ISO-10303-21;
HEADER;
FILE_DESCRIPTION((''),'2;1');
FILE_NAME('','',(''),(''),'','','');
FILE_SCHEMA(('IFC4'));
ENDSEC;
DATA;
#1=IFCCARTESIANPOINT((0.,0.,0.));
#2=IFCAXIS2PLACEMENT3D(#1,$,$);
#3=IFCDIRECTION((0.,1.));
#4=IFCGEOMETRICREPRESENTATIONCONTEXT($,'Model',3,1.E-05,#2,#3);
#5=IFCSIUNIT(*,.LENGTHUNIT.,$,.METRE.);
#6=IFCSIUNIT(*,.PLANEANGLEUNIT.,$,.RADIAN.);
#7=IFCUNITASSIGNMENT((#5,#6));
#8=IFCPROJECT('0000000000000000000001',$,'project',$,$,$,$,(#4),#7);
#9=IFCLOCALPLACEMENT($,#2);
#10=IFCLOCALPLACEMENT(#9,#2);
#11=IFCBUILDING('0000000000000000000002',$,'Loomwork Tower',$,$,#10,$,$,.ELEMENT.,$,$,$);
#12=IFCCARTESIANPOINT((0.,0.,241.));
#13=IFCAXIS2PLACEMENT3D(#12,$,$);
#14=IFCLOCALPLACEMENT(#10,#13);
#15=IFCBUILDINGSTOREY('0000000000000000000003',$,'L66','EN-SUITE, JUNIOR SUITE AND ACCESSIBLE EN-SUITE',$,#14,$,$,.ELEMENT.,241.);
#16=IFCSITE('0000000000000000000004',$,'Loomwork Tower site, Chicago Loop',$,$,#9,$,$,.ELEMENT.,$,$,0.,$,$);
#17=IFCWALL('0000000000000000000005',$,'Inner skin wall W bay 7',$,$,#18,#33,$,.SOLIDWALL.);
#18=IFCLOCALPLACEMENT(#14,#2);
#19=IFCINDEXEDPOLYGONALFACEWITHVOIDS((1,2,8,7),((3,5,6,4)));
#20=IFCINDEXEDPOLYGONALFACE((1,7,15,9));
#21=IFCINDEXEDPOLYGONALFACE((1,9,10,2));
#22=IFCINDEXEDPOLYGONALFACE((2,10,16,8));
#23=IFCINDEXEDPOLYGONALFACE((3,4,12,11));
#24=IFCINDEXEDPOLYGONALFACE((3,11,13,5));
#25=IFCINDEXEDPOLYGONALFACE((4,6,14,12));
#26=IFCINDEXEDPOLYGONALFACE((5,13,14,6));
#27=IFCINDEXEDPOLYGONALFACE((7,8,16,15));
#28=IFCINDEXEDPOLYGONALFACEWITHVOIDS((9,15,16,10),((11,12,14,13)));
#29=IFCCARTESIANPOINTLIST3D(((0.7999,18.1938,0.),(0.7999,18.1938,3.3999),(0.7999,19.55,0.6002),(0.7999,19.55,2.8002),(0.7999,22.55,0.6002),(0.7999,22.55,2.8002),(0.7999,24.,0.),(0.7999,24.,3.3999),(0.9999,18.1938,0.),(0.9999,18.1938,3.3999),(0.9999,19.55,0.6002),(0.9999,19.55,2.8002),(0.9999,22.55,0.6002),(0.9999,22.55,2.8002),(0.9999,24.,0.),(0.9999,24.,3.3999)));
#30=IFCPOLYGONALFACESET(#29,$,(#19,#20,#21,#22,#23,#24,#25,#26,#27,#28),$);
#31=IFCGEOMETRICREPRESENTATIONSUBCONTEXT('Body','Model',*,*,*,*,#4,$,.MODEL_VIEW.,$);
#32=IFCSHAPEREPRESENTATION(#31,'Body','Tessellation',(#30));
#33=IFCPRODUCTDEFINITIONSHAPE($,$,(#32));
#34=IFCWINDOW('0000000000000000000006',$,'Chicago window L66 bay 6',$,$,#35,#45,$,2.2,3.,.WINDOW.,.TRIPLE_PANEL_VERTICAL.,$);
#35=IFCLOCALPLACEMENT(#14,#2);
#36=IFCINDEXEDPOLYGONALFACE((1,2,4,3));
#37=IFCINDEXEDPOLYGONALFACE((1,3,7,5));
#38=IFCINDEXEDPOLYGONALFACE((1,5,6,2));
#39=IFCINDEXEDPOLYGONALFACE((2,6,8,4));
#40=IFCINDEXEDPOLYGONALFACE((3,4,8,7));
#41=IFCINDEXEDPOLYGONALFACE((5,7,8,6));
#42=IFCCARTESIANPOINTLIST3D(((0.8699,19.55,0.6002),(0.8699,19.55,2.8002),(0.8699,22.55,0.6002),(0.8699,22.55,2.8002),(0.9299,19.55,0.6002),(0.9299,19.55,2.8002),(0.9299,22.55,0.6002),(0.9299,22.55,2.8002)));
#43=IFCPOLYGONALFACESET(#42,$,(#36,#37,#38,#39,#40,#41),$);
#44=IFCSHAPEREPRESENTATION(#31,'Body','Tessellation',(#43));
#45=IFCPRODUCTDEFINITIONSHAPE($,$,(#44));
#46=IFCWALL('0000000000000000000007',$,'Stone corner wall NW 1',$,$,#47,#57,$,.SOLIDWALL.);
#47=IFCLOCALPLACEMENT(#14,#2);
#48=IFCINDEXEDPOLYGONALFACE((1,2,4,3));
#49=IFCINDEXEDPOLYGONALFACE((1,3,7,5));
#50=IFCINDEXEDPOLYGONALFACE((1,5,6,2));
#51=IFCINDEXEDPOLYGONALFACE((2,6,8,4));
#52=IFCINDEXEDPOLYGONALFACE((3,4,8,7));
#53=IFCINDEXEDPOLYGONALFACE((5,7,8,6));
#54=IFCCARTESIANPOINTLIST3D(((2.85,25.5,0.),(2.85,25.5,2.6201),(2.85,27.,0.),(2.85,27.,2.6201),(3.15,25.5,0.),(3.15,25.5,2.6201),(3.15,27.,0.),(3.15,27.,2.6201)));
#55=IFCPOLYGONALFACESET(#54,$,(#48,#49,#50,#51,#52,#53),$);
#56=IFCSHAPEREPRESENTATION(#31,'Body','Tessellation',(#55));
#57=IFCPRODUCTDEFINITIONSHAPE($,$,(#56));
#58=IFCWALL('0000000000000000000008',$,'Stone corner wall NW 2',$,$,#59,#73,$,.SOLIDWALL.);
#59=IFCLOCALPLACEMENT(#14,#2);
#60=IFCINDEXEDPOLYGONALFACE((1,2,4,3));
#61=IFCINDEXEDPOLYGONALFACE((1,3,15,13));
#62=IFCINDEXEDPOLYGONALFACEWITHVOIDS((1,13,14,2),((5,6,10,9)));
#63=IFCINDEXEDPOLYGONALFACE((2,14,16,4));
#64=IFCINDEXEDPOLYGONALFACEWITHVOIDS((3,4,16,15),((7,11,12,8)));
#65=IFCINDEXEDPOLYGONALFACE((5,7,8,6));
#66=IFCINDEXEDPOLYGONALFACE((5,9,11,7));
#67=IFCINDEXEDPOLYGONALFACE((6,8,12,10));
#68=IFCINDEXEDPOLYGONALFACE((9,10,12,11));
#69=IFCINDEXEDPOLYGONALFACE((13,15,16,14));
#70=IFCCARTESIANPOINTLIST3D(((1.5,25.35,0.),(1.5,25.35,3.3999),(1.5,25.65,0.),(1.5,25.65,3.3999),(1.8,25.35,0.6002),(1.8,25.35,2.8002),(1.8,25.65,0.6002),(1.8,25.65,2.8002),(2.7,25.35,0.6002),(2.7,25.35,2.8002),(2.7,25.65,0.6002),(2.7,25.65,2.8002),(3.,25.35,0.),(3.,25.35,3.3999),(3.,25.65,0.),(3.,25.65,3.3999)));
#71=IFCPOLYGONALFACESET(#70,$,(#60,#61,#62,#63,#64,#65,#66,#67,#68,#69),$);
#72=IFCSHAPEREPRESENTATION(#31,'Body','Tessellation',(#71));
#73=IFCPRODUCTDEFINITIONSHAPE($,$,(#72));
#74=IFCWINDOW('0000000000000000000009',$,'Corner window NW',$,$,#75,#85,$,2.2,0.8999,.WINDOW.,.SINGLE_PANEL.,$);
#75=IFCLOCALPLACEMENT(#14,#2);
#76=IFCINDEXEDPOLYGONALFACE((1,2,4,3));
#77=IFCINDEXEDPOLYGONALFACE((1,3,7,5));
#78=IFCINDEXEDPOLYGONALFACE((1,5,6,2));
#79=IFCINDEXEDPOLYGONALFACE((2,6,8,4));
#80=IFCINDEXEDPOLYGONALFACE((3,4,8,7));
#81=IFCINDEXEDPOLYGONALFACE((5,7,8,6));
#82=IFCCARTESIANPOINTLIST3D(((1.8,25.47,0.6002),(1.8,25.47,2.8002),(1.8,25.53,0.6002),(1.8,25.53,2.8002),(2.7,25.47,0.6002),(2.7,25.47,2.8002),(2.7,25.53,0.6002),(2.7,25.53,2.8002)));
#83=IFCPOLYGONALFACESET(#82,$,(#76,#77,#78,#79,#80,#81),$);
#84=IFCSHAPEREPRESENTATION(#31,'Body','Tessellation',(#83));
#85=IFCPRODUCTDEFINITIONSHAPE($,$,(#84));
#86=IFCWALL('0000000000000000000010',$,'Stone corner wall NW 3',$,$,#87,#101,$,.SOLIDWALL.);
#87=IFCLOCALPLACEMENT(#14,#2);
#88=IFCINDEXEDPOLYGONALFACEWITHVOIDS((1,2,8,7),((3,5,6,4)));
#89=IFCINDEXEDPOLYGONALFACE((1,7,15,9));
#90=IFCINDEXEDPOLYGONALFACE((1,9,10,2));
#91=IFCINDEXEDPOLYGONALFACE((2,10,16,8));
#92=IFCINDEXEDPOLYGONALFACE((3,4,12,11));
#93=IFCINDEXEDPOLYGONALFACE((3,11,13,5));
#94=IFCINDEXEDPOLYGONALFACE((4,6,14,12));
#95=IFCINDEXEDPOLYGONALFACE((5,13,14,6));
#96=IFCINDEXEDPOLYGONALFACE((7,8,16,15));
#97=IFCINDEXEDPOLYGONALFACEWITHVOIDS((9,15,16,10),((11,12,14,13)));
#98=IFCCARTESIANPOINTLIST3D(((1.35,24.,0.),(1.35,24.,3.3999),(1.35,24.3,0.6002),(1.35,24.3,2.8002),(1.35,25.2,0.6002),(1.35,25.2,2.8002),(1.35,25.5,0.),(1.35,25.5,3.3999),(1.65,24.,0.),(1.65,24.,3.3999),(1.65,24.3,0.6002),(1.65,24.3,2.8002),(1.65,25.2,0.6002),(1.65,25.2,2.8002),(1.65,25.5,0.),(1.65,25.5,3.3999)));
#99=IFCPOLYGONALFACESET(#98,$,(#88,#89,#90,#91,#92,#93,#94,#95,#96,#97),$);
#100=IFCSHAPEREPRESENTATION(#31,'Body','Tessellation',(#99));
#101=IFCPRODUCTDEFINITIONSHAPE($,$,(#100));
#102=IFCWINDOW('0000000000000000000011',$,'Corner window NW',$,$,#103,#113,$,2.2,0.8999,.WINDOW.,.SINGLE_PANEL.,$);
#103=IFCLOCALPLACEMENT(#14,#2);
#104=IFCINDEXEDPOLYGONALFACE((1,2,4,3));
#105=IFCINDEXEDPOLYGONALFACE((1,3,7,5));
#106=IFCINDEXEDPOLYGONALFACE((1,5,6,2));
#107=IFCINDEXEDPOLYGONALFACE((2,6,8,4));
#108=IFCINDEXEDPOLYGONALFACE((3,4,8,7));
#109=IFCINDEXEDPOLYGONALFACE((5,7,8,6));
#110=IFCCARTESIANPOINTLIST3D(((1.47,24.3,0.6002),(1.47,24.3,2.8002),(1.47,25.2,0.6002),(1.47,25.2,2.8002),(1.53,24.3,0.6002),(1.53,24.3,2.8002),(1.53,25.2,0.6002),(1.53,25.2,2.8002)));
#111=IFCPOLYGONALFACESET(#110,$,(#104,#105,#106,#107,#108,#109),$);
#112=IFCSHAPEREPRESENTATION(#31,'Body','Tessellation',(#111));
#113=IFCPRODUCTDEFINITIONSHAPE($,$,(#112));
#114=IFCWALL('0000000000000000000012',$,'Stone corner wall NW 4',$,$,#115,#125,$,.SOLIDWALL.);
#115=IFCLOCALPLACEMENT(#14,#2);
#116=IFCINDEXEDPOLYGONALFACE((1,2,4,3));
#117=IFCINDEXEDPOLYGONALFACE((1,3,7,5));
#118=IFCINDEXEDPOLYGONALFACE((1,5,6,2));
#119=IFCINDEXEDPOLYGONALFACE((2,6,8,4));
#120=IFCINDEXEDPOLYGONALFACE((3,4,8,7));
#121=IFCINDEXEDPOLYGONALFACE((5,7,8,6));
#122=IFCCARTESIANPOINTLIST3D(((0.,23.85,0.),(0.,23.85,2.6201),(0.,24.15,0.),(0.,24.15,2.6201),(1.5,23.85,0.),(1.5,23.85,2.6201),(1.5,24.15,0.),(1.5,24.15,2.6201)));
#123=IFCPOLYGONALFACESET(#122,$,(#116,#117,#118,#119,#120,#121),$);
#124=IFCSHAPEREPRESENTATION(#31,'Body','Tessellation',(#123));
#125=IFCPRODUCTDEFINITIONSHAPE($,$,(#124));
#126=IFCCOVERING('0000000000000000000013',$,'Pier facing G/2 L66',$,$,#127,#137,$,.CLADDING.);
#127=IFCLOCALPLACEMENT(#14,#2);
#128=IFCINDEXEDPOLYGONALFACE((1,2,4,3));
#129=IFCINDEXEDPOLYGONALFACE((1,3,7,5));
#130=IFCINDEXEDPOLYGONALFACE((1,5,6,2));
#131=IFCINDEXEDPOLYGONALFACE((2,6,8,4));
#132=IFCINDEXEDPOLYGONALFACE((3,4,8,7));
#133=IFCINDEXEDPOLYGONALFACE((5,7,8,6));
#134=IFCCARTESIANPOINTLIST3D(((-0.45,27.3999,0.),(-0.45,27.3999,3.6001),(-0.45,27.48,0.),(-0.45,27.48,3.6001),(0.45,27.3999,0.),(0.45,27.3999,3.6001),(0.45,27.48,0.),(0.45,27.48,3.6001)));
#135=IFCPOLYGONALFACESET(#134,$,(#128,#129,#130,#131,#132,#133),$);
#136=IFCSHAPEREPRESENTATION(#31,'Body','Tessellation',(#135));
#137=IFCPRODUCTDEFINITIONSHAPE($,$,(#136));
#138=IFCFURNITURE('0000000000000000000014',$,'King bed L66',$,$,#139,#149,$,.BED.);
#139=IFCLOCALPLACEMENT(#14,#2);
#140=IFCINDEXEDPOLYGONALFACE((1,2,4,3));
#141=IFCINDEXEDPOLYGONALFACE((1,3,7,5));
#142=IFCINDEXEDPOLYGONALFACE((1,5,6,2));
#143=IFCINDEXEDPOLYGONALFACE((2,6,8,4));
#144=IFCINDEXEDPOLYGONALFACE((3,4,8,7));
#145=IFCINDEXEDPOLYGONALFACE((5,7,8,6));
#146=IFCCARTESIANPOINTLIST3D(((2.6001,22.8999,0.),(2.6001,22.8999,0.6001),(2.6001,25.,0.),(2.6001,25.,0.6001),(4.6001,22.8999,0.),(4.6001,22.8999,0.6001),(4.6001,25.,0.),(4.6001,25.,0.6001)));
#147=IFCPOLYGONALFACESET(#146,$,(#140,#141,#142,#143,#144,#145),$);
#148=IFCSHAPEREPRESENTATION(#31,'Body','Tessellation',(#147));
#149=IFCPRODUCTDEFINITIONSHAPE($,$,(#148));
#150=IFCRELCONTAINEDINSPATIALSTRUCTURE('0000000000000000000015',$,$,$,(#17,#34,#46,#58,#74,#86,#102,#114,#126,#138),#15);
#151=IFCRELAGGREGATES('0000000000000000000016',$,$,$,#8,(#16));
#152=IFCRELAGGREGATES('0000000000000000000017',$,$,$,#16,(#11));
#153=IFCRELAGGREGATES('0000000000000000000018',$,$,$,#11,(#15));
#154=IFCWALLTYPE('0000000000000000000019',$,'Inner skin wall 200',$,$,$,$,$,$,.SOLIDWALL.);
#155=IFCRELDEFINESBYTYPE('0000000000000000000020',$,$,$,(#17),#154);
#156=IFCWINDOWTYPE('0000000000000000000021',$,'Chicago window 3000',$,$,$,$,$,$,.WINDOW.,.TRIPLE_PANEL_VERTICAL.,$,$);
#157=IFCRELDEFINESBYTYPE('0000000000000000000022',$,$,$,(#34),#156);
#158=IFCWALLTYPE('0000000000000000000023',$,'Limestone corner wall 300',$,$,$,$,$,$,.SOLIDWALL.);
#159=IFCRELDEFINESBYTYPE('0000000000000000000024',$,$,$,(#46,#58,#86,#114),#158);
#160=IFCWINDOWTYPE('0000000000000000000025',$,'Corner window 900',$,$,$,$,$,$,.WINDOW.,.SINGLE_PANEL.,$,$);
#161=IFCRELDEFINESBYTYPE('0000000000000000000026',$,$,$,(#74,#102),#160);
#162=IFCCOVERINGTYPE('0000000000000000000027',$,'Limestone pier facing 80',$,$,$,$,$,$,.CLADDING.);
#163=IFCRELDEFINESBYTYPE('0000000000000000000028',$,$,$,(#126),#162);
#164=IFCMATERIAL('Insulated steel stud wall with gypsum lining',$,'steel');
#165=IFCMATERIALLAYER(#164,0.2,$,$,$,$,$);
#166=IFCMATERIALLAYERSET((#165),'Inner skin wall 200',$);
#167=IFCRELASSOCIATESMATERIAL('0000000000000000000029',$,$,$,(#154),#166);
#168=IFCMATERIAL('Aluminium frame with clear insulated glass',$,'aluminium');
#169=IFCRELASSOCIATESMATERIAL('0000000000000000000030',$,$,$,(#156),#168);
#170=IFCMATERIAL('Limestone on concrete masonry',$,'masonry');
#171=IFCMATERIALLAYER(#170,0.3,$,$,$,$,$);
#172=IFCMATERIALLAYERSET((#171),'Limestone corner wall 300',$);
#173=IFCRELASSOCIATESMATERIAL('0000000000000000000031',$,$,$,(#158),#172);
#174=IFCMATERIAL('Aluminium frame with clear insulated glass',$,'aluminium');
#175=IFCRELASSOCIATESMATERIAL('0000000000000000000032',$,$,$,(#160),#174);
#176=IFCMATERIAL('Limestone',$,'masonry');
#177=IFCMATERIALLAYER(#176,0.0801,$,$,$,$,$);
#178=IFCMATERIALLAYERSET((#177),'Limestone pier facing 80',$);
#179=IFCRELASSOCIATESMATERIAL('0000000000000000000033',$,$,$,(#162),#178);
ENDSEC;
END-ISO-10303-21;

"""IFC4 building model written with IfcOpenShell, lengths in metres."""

from ifc_helpers import new_model, si_unit, direction, frame, frame_2d, origin, origin_2d, place, context, subcontext, project, spatial, rectangle, extrude, material, layer, layer_set, type_object, element, fill, save


model = new_model("IFC4")

# Units and contexts
model_context = context("Model", 3, precision=1e-05, world=origin(), true_north=direction((0.0, 1.0)))
body_context = subcontext(model_context, "Body", "Model", "MODEL_VIEW")
ifc_project = project(units=[si_unit("LENGTHUNIT", "METRE"), si_unit("PLANEANGLEUNIT", "RADIAN")], contexts=[model_context])

# Site, building, storey
site_placement = place(None, origin())
site = spatial("IfcSite", under=ifc_project, at=site_placement, Name="Loomwork Tower site, Chicago Loop", CompositionType="ELEMENT", RefElevation=0.0)
building_placement = place(site_placement, origin())
building = spatial("IfcBuilding", under=site, at=building_placement, Name="Loomwork Tower", CompositionType="ELEMENT")
storey_placement = place(building_placement, frame((0.0, 0.0, 241.0)))
storey = spatial("IfcBuildingStorey", under=building, at=storey_placement, Name="L66", Description="EN-SUITE, JUNIOR SUITE AND ACCESSIBLE EN-SUITE", CompositionType="ELEMENT", Elevation=241.0)

# Wall, opening, window
ifc_material_1 = material(Name="Insulated steel stud wall with gypsum lining", Category="steel")
ifc_layer_1 = layer(ifc_material_1, 0.2)
ifc_layer_set_1 = layer_set([ifc_layer_1], Name="Inner skin wall 200")
wall_type_1 = type_object("IfcWallType", Name="Inner skin wall 200", PredefinedType="SOLIDWALL", material=ifc_layer_set_1)
wall_1_placement = place(storey_placement, frame((0.8999, 18.1938, 0.0), z_axis=(0.0, 0.0, 1.0), x_axis=(0.0, 1.0, 0.0)))
wall_1 = element("IfcWall", 1, at=wall_1_placement, inside=storey, type_object=wall_type_1, Name="Inner skin wall W bay 7", PredefinedType="SOLIDWALL", context=body_context, shape_type="SweptSolid", body=[
    extrude(rectangle(XDim=5.8062, YDim=0.2, at=frame_2d((2.9031, 0.0))), origin(), (0.0, 0.0, 1.0), 3.3999),
])
opening_1_placement = place(wall_1_placement, frame((1.3562, 0.0, 0.6001)))
opening_1 = element("IfcOpeningElement", 2, at=opening_1_placement, cuts=wall_1, PredefinedType="OPENING", context=body_context, shape_type="SweptSolid", body=[
    extrude(rectangle(XDim=3.0, YDim=2.2, at=frame_2d((1.5, 1.1001))), frame((0.0, 0.1099, 0.0), z_axis=(0.0, -1.0, 0.0), x_axis=(1.0, 0.0, 0.0)), (0.0, 0.0, 1.0), 0.22),
])
ifc_material_2 = material(Name="Aluminium frame with clear insulated glass", Category="aluminium")
window_type_1 = type_object("IfcWindowType", Name="Chicago window 3000", PartitioningType="TRIPLE_PANEL_VERTICAL", PredefinedType="WINDOW", material=ifc_material_2)
window_1_placement = place(opening_1_placement, origin())
window_1 = element("IfcWindow", 3, at=window_1_placement, inside=storey, type_object=window_type_1, Name="Chicago window L66 bay 6", OverallHeight=2.2, OverallWidth=3.0, PartitioningType="TRIPLE_PANEL_VERTICAL", PredefinedType="WINDOW", context=body_context, shape_type="SweptSolid", body=[
    extrude(rectangle(XDim=3.0, YDim=2.2, at=frame_2d((1.5, 1.1001))), frame((0.0, 0.03, 0.0), z_axis=(0.0, -1.0, 0.0), x_axis=(1.0, 0.0, 0.0)), (0.0, 0.0, 1.0), 0.0601),
])
fill(opening_1, window_1)

# Wall
ifc_material_3 = material(Name="Limestone on concrete masonry", Category="masonry")
ifc_layer_2 = layer(ifc_material_3, 0.3)
ifc_layer_set_2 = layer_set([ifc_layer_2], Name="Limestone corner wall 300")
wall_type_2 = type_object("IfcWallType", Name="Limestone corner wall 300", PredefinedType="SOLIDWALL", material=ifc_layer_set_2)
wall_2_placement = place(storey_placement, frame((3.0, 27.0, 0.0), z_axis=(0.0, 0.0, 1.0), x_axis=(0.0, -1.0, 0.0)))
element("IfcWall", 4, at=wall_2_placement, inside=storey, type_object=wall_type_2, Name="Stone corner wall NW 1", PredefinedType="SOLIDWALL", context=body_context, shape_type="SweptSolid", body=[
    extrude(rectangle(XDim=1.5, YDim=0.3, at=frame_2d((0.75, 0.0))), origin(), (0.0, 0.0, 1.0), 2.6201),
])

# Walls, openings, windows
wall_3_placement = place(storey_placement, frame((3.0, 25.5, 0.0), z_axis=(0.0, 0.0, 1.0), x_axis=(-1.0, 0.0, 0.0)))
wall_3 = element("IfcWall", 5, at=wall_3_placement, inside=storey, type_object=wall_type_2, Name="Stone corner wall NW 2", PredefinedType="SOLIDWALL", context=body_context, shape_type="SweptSolid", body=[
    extrude(rectangle(XDim=1.5, YDim=0.3, at=frame_2d((0.75, 0.0))), origin(), (0.0, 0.0, 1.0), 3.3999),
])
opening_2_placement = place(wall_3_placement, frame((0.3, 0.0, 0.6001)))
opening_2 = element("IfcOpeningElement", 6, at=opening_2_placement, cuts=wall_3, PredefinedType="OPENING", context=body_context, shape_type="SweptSolid", body=[
    extrude(rectangle(XDim=0.8999, YDim=2.2, at=frame_2d((0.45, 1.1001))), frame((0.0, 0.1599, 0.0), z_axis=(0.0, -1.0, 0.0), x_axis=(1.0, 0.0, 0.0)), (0.0, 0.0, 1.0), 0.3201),
])
ifc_material_4 = material(Name="Aluminium frame with clear insulated glass", Category="aluminium")
window_type_2 = type_object("IfcWindowType", Name="Corner window 900", PartitioningType="SINGLE_PANEL", PredefinedType="WINDOW", material=ifc_material_4)
window_2_placement = place(opening_2_placement, origin())
window_2 = element("IfcWindow", 7, at=window_2_placement, inside=storey, type_object=window_type_2, Name="Corner window NW", OverallHeight=2.2, OverallWidth=0.8999, PartitioningType="SINGLE_PANEL", PredefinedType="WINDOW", context=body_context, shape_type="SweptSolid", body=[
    extrude(rectangle(XDim=0.8999, YDim=2.2, at=frame_2d((0.45, 1.1001))), frame((0.0, 0.03, 0.0), z_axis=(0.0, -1.0, 0.0), x_axis=(1.0, 0.0, 0.0)), (0.0, 0.0, 1.0), 0.0601),
])
fill(opening_2, window_2)
wall_4_placement = place(storey_placement, frame((1.5, 25.5, 0.0), z_axis=(0.0, 0.0, 1.0), x_axis=(0.0, -1.0, 0.0)))
wall_4 = element("IfcWall", 8, at=wall_4_placement, inside=storey, type_object=wall_type_2, Name="Stone corner wall NW 3", PredefinedType="SOLIDWALL", context=body_context, shape_type="SweptSolid", body=[
    extrude(rectangle(XDim=1.5, YDim=0.3, at=frame_2d((0.75, 0.0))), origin(), (0.0, 0.0, 1.0), 3.3999),
])
opening_3_placement = place(wall_4_placement, frame((0.3, 0.0, 0.6001)))
opening_3 = element("IfcOpeningElement", 9, at=opening_3_placement, cuts=wall_4, PredefinedType="OPENING", context=body_context, shape_type="SweptSolid", body=[
    extrude(rectangle(XDim=0.8999, YDim=2.2, at=frame_2d((0.45, 1.1001))), frame((0.0, 0.1599, 0.0), z_axis=(0.0, -1.0, 0.0), x_axis=(1.0, 0.0, 0.0)), (0.0, 0.0, 1.0), 0.3201),
])
window_3_placement = place(opening_3_placement, origin())
window_3 = element("IfcWindow", 10, at=window_3_placement, inside=storey, type_object=window_type_2, Name="Corner window NW", OverallHeight=2.2, OverallWidth=0.8999, PartitioningType="SINGLE_PANEL", PredefinedType="WINDOW", context=body_context, shape_type="SweptSolid", body=[
    extrude(rectangle(XDim=0.8999, YDim=2.2, at=frame_2d((0.45, 1.1001))), frame((0.0, 0.03, 0.0), z_axis=(0.0, -1.0, 0.0), x_axis=(1.0, 0.0, 0.0)), (0.0, 0.0, 1.0), 0.0601),
])
fill(opening_3, window_3)

# Wall
wall_5_placement = place(storey_placement, frame((1.5, 24.0, 0.0), z_axis=(0.0, 0.0, 1.0), x_axis=(-1.0, 0.0, 0.0)))
element("IfcWall", 11, at=wall_5_placement, inside=storey, type_object=wall_type_2, Name="Stone corner wall NW 4", PredefinedType="SOLIDWALL", context=body_context, shape_type="SweptSolid", body=[
    extrude(rectangle(XDim=1.5, YDim=0.3, at=frame_2d((0.75, 0.0))), origin(), (0.0, 0.0, 1.0), 2.6201),
])

# Covering
ifc_material_5 = material(Name="Limestone", Category="masonry")
ifc_layer_3 = layer(ifc_material_5, 0.0801)
ifc_layer_set_3 = layer_set([ifc_layer_3], Name="Limestone pier facing 80")
covering_type = type_object("IfcCoveringType", Name="Limestone pier facing 80", PredefinedType="CLADDING", material=ifc_layer_set_3)
covering_placement = place(storey_placement, frame((0.0, 27.4399, 0.0), z_axis=(0.0, 0.0, 1.0), x_axis=(1.0, 0.0, 0.0)))
element("IfcCovering", 12, at=covering_placement, inside=storey, type_object=covering_type, Name="Pier facing G/2 L66", PredefinedType="CLADDING", context=body_context, shape_type="SweptSolid", body=[
    extrude(rectangle(XDim=0.8999, YDim=0.0801, at=origin_2d()), origin(), (0.0, 0.0, 1.0), 3.6001),
])

# Furniture
furniture_placement = place(storey_placement, frame((3.6001, 23.95, 0.0), z_axis=(0.0, 0.0, 1.0), x_axis=(1.0, 0.0, 0.0)))
element("IfcFurniture", 13, at=furniture_placement, inside=storey, Name="King bed L66", PredefinedType="BED", context=body_context, shape_type="SweptSolid", body=[
    extrude(rectangle(XDim=2.0, YDim=2.1001, at=origin_2d()), origin(), (0.0, 0.0, 1.0), 0.6001),
])

save(model, "model.ifc")
